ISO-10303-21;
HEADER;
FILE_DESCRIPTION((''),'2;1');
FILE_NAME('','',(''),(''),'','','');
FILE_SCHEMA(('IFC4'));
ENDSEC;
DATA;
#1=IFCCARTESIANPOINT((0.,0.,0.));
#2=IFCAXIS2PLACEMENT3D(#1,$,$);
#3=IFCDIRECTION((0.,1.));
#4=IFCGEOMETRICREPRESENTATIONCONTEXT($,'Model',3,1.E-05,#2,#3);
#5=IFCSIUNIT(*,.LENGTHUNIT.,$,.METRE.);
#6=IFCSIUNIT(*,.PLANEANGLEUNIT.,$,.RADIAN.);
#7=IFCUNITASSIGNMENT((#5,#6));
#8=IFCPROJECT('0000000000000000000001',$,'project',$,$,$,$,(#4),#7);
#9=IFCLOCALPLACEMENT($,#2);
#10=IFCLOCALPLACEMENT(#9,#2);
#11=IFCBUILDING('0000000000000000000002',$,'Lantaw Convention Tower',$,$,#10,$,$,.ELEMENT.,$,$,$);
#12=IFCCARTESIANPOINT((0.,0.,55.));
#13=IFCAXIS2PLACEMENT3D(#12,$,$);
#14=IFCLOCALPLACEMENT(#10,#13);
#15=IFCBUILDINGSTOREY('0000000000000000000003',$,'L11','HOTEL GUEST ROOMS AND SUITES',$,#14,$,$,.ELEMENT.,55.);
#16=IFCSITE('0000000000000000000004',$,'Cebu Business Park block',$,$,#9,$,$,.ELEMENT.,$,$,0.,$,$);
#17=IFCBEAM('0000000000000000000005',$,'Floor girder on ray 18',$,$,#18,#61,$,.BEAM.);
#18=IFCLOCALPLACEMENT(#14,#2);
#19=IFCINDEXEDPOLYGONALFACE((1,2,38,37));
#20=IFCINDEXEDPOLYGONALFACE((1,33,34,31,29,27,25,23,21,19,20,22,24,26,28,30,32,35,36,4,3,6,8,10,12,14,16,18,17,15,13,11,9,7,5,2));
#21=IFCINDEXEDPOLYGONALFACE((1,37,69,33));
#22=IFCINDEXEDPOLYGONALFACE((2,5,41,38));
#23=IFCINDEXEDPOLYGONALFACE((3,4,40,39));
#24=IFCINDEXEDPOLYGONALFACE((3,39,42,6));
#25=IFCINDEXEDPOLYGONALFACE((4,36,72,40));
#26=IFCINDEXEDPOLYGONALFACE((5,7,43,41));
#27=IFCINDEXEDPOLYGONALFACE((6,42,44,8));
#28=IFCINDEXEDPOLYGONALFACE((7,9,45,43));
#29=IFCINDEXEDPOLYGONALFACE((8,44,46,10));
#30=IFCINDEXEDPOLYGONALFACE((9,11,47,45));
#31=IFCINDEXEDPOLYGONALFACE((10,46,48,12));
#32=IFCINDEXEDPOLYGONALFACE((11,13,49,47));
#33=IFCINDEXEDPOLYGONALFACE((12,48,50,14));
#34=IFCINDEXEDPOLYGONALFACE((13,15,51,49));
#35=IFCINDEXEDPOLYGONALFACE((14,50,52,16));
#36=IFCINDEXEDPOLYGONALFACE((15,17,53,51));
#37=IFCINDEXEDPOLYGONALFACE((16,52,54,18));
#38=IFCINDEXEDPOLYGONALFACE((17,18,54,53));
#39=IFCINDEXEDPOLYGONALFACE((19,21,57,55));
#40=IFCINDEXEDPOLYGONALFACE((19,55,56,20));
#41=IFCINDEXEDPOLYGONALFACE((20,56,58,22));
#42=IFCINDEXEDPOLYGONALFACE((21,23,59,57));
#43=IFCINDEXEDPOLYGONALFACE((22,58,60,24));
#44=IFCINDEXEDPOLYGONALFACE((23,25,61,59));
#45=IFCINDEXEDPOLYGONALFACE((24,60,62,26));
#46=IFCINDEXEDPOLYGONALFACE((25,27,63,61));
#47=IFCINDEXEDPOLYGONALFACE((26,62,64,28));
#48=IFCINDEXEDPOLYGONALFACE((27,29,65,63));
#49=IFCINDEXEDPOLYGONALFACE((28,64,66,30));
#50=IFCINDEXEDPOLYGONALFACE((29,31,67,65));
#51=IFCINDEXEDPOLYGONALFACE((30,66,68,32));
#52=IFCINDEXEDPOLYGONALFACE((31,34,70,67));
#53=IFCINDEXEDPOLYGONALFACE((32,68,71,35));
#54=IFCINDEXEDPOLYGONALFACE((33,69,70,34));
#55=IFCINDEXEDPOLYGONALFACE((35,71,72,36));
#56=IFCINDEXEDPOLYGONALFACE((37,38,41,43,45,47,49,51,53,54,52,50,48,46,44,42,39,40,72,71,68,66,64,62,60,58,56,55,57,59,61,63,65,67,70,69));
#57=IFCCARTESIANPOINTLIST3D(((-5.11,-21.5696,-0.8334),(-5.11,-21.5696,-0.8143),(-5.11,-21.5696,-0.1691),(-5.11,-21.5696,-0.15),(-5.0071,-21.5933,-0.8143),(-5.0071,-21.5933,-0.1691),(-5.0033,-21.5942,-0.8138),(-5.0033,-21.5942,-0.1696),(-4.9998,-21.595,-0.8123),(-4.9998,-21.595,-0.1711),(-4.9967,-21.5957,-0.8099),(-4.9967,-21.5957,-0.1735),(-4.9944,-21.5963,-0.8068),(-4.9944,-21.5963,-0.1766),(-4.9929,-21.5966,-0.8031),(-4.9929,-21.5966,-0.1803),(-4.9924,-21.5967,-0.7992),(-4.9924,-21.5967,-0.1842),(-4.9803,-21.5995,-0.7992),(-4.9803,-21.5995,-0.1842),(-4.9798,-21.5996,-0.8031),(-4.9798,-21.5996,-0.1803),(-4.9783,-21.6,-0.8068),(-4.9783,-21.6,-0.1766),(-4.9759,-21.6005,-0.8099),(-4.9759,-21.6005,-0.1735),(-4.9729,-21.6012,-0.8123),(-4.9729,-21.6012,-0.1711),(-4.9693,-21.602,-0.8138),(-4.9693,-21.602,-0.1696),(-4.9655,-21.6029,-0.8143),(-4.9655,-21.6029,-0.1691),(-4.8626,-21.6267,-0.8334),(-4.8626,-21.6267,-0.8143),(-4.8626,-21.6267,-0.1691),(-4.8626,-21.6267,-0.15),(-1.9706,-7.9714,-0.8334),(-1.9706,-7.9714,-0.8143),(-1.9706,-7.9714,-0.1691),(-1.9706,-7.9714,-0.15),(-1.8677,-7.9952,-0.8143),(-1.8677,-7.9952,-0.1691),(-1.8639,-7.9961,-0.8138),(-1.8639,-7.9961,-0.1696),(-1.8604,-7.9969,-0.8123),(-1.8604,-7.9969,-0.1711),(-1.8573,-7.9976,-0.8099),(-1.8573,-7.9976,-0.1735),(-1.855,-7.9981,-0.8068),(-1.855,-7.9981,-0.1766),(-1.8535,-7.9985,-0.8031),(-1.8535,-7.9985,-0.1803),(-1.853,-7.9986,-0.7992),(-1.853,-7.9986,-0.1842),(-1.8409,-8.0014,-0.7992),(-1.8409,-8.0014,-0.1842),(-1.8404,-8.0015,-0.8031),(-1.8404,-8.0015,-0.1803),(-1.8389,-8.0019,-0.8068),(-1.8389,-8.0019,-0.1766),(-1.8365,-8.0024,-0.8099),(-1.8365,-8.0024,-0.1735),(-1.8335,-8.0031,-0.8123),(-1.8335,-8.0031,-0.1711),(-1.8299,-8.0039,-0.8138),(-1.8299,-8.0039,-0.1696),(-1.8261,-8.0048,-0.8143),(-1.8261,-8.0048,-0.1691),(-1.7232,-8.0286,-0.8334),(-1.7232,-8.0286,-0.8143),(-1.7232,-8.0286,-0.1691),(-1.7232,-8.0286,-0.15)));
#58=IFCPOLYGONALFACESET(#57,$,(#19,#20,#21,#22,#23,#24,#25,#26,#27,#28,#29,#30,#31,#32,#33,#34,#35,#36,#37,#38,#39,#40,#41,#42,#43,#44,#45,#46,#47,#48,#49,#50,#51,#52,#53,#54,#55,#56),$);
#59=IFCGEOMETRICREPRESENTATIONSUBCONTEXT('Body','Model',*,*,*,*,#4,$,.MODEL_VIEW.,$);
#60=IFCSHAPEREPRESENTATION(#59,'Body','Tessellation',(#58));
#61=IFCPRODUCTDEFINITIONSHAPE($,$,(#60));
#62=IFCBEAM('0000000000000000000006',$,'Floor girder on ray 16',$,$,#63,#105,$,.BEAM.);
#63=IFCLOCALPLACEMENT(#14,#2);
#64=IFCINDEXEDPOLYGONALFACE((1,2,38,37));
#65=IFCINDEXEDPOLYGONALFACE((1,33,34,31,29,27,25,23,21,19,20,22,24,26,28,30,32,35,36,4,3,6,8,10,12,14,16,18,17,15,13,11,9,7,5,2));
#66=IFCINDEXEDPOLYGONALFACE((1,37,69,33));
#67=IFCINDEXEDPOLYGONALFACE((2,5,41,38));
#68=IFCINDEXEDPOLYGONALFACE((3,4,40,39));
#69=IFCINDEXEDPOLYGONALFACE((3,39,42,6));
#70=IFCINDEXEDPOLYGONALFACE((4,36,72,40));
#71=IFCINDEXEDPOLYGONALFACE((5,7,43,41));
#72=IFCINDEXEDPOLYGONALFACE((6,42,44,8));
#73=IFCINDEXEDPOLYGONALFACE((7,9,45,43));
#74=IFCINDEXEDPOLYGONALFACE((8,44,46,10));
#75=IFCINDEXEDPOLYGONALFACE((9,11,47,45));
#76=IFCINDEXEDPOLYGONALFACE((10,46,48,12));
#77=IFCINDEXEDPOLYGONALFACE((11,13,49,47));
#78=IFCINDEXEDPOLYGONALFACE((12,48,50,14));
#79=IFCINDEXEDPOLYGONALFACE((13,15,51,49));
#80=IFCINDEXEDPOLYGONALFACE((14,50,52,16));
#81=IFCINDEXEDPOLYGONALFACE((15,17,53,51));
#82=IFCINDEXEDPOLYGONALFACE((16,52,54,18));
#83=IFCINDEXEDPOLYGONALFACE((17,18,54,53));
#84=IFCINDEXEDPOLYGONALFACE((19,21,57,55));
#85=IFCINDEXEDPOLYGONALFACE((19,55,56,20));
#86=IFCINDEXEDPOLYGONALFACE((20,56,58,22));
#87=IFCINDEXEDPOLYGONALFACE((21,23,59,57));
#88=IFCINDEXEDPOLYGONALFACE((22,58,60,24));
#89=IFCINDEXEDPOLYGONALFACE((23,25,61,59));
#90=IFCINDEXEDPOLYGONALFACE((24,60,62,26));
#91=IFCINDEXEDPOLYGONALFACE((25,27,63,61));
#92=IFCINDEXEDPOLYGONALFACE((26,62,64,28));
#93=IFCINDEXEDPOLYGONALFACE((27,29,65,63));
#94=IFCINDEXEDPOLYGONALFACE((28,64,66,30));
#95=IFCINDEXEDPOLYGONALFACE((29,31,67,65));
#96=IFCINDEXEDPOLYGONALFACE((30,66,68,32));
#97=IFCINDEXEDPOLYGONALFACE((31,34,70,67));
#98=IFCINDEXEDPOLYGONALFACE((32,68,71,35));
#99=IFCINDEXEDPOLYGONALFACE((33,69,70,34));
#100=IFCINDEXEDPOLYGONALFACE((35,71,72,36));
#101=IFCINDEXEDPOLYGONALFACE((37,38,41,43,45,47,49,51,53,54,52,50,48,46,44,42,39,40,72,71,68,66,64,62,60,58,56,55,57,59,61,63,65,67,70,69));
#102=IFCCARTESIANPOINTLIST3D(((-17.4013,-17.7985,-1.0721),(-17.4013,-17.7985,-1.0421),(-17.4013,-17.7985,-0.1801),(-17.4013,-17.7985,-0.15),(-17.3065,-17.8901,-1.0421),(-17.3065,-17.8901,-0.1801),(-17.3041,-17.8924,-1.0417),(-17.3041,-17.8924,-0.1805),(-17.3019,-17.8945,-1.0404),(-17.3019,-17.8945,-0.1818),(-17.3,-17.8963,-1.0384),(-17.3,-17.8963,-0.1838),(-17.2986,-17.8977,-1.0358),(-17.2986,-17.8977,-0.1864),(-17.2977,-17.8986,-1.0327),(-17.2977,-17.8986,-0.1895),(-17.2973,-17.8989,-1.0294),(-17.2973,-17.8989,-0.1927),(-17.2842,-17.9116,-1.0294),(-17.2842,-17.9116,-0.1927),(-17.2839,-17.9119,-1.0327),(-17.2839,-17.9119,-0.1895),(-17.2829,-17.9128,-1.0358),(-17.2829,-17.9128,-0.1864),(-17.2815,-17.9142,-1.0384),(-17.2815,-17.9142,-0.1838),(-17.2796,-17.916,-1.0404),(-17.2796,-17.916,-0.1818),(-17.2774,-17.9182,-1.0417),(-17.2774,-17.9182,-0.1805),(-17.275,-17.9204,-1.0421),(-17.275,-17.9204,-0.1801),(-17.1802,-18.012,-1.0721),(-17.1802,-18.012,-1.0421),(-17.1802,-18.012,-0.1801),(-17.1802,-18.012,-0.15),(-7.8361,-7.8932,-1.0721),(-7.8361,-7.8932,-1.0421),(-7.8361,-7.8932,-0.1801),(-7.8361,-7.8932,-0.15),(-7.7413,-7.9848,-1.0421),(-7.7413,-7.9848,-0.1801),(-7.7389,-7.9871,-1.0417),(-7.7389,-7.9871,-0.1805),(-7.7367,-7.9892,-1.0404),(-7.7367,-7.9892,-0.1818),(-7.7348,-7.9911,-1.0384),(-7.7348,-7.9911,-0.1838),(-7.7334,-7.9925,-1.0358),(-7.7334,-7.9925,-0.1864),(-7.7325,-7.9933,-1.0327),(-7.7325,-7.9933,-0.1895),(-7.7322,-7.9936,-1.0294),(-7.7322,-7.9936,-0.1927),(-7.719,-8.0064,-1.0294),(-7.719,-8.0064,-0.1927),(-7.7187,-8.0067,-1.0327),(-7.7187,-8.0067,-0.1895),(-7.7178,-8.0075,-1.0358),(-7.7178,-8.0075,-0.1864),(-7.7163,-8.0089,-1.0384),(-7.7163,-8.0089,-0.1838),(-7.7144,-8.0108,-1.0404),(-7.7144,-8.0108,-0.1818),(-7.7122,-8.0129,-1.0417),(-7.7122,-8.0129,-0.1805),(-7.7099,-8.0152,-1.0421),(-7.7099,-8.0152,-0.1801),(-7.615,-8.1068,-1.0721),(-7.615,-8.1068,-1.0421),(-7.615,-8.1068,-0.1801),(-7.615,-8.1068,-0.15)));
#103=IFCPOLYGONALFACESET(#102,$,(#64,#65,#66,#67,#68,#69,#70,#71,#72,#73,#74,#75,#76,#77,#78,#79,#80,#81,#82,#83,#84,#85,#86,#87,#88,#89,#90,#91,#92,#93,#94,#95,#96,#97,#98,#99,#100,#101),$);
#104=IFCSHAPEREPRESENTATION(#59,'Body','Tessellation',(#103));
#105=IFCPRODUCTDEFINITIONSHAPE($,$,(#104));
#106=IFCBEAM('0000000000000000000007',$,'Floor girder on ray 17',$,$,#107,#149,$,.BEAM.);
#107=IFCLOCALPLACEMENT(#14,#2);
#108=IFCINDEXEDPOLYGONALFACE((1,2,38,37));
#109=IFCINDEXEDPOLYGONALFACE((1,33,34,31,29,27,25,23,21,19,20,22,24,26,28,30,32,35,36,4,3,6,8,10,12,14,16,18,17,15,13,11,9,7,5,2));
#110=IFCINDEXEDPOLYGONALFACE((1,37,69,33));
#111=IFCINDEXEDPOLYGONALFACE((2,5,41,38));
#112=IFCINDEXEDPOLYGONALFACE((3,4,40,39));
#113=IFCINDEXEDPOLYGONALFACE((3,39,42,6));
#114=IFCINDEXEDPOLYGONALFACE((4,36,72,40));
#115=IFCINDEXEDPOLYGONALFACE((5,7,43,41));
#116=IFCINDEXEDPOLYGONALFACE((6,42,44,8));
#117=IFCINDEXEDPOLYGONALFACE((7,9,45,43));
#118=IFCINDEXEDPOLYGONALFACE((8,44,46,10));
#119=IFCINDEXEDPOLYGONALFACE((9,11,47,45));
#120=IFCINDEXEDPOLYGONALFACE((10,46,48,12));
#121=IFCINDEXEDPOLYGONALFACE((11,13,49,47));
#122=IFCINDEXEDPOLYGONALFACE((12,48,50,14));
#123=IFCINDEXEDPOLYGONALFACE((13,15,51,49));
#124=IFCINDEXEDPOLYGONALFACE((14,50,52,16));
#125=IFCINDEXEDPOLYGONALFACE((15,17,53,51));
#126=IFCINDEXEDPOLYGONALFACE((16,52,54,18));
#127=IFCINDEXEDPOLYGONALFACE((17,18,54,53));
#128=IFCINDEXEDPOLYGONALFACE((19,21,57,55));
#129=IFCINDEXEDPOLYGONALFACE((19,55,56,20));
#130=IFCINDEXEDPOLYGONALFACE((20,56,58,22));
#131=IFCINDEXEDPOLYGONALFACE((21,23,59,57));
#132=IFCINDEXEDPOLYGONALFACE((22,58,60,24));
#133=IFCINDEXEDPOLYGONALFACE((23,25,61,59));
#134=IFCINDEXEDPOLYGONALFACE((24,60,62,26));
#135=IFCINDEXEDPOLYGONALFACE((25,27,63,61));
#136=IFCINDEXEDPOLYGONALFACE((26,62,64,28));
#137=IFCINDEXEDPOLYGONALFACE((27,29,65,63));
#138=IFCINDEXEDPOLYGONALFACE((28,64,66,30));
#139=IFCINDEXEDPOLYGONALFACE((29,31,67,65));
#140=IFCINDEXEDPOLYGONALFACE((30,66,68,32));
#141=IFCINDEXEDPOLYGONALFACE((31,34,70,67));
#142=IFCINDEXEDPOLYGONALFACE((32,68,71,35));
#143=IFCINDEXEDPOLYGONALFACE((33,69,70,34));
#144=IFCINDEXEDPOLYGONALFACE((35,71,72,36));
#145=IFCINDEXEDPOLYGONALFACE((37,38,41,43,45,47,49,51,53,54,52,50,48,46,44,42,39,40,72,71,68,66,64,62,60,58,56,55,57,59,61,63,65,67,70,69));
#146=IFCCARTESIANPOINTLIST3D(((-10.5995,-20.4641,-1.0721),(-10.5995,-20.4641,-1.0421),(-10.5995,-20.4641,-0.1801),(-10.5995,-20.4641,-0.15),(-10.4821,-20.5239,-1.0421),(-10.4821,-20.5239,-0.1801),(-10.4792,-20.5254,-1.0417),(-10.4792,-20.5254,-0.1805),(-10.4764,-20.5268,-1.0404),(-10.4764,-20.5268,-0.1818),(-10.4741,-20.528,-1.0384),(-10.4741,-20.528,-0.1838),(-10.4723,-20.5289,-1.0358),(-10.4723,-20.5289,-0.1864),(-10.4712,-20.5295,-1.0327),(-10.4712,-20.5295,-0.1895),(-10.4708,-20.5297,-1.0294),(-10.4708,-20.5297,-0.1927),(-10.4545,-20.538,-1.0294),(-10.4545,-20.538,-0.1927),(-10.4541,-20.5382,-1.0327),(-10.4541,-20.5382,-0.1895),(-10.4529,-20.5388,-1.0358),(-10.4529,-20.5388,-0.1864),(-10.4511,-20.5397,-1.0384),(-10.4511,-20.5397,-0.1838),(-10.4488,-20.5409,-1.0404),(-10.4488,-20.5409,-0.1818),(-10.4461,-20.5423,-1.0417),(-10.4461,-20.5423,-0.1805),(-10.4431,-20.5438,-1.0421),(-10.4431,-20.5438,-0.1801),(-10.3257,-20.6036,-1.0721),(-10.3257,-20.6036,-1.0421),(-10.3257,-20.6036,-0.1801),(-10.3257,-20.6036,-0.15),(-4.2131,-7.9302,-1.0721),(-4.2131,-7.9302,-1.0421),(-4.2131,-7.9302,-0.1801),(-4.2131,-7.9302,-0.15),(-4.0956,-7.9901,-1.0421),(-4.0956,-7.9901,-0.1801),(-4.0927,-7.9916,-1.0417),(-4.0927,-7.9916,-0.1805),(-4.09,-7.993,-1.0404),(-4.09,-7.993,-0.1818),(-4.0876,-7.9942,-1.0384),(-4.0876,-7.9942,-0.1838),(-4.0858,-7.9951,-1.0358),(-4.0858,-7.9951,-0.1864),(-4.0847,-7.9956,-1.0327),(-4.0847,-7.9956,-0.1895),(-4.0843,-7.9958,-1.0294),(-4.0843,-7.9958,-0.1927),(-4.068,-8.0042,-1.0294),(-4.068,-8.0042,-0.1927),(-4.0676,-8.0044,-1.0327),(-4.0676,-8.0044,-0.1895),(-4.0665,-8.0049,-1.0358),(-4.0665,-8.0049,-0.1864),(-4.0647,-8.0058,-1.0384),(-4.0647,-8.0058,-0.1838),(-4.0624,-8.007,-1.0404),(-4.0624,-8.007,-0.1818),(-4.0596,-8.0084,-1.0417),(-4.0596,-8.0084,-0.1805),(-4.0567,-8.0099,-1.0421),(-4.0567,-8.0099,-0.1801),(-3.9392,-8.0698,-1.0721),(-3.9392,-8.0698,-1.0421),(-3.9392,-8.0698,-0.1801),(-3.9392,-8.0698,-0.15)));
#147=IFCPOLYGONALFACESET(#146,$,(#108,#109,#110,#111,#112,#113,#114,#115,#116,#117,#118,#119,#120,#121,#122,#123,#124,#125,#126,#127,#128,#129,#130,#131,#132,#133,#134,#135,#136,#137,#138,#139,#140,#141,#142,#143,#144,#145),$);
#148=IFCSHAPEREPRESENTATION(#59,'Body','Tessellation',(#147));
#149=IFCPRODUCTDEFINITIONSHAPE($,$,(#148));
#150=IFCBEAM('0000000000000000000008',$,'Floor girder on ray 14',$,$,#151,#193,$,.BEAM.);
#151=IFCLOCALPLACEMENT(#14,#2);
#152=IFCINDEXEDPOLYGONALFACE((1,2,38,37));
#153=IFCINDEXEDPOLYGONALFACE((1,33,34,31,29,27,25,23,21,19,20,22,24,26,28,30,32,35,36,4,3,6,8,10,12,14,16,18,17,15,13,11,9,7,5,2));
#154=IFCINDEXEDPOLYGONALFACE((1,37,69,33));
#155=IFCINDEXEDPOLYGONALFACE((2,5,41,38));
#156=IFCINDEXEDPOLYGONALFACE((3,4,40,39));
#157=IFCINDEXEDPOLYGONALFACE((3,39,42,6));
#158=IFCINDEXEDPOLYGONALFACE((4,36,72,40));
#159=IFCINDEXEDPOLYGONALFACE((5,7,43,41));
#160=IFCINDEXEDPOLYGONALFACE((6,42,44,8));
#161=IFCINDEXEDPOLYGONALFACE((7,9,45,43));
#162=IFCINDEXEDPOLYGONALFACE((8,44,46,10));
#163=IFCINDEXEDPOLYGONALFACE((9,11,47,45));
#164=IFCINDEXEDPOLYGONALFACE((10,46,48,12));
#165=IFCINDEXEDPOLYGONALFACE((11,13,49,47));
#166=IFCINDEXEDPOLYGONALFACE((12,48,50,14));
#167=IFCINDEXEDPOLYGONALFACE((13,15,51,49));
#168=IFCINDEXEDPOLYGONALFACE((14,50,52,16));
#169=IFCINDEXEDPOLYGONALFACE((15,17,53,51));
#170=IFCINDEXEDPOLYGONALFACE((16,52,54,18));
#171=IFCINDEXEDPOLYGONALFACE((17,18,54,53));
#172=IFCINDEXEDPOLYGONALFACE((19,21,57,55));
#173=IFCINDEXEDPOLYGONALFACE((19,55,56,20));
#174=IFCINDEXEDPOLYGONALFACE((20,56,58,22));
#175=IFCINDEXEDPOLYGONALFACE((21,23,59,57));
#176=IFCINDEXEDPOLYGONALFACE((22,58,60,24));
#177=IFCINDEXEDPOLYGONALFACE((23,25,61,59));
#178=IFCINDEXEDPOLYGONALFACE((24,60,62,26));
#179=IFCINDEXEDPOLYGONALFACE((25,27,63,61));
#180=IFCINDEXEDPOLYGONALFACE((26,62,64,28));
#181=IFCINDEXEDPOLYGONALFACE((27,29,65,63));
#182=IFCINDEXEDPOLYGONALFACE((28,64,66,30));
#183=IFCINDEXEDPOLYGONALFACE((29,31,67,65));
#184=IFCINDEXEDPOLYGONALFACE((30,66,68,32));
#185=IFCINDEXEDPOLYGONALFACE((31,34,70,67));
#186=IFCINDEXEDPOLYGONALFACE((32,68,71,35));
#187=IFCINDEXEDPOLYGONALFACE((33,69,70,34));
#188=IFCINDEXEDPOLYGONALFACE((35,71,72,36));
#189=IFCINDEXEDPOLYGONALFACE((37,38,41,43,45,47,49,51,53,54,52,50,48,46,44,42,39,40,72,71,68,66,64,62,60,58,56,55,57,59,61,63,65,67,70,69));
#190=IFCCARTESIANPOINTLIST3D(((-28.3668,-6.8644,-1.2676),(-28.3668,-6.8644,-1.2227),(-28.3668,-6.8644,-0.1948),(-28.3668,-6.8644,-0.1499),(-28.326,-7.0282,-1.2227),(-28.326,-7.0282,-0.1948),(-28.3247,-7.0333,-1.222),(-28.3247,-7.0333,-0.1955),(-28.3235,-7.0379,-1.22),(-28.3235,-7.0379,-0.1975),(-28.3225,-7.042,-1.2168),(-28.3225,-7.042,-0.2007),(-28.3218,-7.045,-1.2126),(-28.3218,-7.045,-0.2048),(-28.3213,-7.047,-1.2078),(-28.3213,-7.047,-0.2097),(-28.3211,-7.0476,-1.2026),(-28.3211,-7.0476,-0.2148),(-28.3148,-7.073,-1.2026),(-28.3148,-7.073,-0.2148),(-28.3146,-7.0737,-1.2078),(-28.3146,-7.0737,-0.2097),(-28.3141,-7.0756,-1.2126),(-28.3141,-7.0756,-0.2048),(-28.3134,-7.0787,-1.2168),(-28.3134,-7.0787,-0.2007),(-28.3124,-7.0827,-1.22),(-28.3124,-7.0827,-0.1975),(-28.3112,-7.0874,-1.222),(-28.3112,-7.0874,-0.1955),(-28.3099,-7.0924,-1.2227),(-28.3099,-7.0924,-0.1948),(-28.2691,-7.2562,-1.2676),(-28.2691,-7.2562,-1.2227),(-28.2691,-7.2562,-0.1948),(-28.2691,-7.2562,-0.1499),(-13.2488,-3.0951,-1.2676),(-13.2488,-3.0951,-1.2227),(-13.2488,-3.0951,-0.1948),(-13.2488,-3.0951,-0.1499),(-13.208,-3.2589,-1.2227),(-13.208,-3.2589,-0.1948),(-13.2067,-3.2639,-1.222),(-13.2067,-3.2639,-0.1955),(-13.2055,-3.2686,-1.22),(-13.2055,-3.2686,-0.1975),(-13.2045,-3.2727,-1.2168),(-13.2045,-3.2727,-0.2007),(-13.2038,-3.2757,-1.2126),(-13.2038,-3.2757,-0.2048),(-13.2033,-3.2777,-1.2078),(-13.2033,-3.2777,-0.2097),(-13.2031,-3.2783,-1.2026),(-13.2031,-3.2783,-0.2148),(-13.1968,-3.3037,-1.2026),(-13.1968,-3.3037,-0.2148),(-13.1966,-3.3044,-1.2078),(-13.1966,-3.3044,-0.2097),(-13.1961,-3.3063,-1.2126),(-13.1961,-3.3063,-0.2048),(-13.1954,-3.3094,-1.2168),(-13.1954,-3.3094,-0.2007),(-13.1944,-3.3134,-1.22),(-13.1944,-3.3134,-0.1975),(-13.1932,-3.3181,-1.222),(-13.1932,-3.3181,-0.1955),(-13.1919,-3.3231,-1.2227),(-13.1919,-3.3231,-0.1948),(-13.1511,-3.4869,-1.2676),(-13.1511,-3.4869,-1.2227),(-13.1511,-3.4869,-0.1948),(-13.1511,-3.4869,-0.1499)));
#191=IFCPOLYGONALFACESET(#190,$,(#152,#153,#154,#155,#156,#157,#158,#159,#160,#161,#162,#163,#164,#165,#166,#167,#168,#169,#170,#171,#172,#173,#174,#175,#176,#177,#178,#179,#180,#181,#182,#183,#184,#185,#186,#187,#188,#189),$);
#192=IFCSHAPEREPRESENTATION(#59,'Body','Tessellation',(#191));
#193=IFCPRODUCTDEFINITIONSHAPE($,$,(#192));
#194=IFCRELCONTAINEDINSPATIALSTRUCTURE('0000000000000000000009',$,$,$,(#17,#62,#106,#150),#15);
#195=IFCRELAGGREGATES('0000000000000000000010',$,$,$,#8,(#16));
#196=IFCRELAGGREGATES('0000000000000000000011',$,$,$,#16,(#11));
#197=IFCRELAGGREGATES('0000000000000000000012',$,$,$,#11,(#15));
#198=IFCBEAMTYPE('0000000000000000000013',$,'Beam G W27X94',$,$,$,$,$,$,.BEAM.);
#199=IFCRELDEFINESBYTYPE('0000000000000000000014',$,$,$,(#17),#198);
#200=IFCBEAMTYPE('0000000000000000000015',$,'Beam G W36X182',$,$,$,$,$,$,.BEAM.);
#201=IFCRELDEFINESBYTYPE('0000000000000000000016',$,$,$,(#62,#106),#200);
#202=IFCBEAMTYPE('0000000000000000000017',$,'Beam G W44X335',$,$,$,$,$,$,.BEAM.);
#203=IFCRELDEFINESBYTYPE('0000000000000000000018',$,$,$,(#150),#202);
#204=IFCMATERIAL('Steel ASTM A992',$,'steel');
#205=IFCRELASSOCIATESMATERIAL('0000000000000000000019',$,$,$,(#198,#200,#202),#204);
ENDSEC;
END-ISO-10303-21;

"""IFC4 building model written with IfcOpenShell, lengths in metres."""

from ifc_helpers import new_model, si_unit, direction, frame, origin, origin_2d, place, context, subcontext, project, spatial, i_section, extrude, material, material_profile, profile_set, type_object, element, save


model = new_model("IFC4")

# Units and contexts
model_context = context("Model", 3, precision=1e-05, world=origin(), true_north=direction((0.0, 1.0)))
body_context = subcontext(model_context, "Body", "Model", "MODEL_VIEW")
ifc_project = project(units=[si_unit("LENGTHUNIT", "METRE"), si_unit("PLANEANGLEUNIT", "RADIAN")], contexts=[model_context])

# Site, building, storey
site_placement = place(None, origin())
site = spatial("IfcSite", under=ifc_project, at=site_placement, Name="Cebu Business Park block", CompositionType="ELEMENT", RefElevation=0.0)
building_placement = place(site_placement, origin())
building = spatial("IfcBuilding", under=site, at=building_placement, Name="Lantaw Convention Tower", CompositionType="ELEMENT")
storey_placement = place(building_placement, frame((0.0, 0.0, 55.0)))
storey = spatial("IfcBuildingStorey", under=building, at=storey_placement, Name="L11", Description="HOTEL GUEST ROOMS AND SUITES", CompositionType="ELEMENT", Elevation=55.0)

# Beams
ifc_material_1 = material(Name="Steel ASTM A992", Category="steel")
ifc_material_profile_1 = material_profile(ifc_material_1, i_section(OverallWidth=0.2539, OverallDepth=0.6833, WebThickness=0.0125, FlangeThickness=0.019, FilletRadius=0.0151, at=origin_2d()), Name="W27X94")
ifc_profile_set_1 = profile_set([ifc_material_profile_1], Name="Steel ASTM A992")
beam_type_1 = type_object("IfcBeamType", Name="Beam G W27X94", PredefinedType="BEAM", material=ifc_profile_set_1)
beam_1_placement = place(storey_placement, frame((-1.8469, -8.0, -0.4917), z_axis=(-0.224953, -0.97437, 0.0), x_axis=(0.97437, -0.224953, 0.0)))
element("IfcBeam", 1, at=beam_1_placement, inside=storey, type_object=beam_type_1, Name="Floor girder on ray 18", PredefinedType="BEAM", context=body_context, shape_type="SweptSolid", body=[
    extrude(i_section(OverallWidth=0.2539, OverallDepth=0.6833, WebThickness=0.0125, FlangeThickness=0.019, FilletRadius=0.0151, at=origin_2d()), origin(), (0.0, 0.0, 1.0), 13.9558),
])
ifc_material_profile_2 = material_profile(ifc_material_1, i_section(OverallWidth=0.3074, OverallDepth=0.9221, WebThickness=0.0183, FlangeThickness=0.03, FilletRadius=0.0127, at=origin_2d()), Name="W36X182")
ifc_profile_set_2 = profile_set([ifc_material_profile_2], Name="Steel ASTM A992")
beam_type_2 = type_object("IfcBeamType", Name="Beam G W36X182", PredefinedType="BEAM", material=ifc_profile_set_2)
beam_2_placement = place(storey_placement, frame((-7.7256, -8.0, -0.6111), z_axis=(-0.69465, -0.719348, 0.0), x_axis=(0.719348, -0.69465, 0.0)))
element("IfcBeam", 2, at=beam_2_placement, inside=storey, type_object=beam_type_2, Name="Floor girder on ray 16", PredefinedType="BEAM", context=body_context, shape_type="SweptSolid", body=[
    extrude(i_section(OverallWidth=0.3074, OverallDepth=0.9221, WebThickness=0.0183, FlangeThickness=0.03, FilletRadius=0.0127, at=origin_2d()), origin(), (0.0, 0.0, 1.0), 13.7698),
])
beam_3_placement = place(storey_placement, frame((-4.0762, -8.0, -0.6111), z_axis=(-0.453997, -0.891003, 0.0), x_axis=(0.891003, -0.453997, 0.0)))
element("IfcBeam", 3, at=beam_3_placement, inside=storey, type_object=beam_type_2, Name="Floor girder on ray 17", PredefinedType="BEAM", context=body_context, shape_type="SweptSolid", body=[
    extrude(i_section(OverallWidth=0.3074, OverallDepth=0.9221, WebThickness=0.0183, FlangeThickness=0.03, FilletRadius=0.0127, at=origin_2d()), origin(), (0.0, 0.0, 1.0), 14.0671),
])
ifc_material_profile_3 = material_profile(ifc_material_1, i_section(OverallWidth=0.4038, OverallDepth=1.1177, WebThickness=0.0261, FlangeThickness=0.0449, FilletRadius=0.02, at=origin_2d()), Name="W44X335")
ifc_profile_set_3 = profile_set([ifc_material_profile_3], Name="Steel ASTM A992")
beam_type_3 = type_object("IfcBeamType", Name="Beam G W44X335", PredefinedType="BEAM", material=ifc_profile_set_3)
beam_4_placement = place(storey_placement, frame((-13.2, -3.291, -0.7087), z_axis=(-0.970296, -0.24192, 0.0), x_axis=(0.24192, -0.970296, 0.0)))
element("IfcBeam", 4, at=beam_4_placement, inside=storey, type_object=beam_type_3, Name="Floor girder on ray 14", PredefinedType="BEAM", context=body_context, shape_type="SweptSolid", body=[
    extrude(i_section(OverallWidth=0.4038, OverallDepth=1.1177, WebThickness=0.0261, FlangeThickness=0.0449, FilletRadius=0.02, at=origin_2d()), origin(), (0.0, 0.0, 1.0), 15.5808),
])

save(model, "model.ifc")
